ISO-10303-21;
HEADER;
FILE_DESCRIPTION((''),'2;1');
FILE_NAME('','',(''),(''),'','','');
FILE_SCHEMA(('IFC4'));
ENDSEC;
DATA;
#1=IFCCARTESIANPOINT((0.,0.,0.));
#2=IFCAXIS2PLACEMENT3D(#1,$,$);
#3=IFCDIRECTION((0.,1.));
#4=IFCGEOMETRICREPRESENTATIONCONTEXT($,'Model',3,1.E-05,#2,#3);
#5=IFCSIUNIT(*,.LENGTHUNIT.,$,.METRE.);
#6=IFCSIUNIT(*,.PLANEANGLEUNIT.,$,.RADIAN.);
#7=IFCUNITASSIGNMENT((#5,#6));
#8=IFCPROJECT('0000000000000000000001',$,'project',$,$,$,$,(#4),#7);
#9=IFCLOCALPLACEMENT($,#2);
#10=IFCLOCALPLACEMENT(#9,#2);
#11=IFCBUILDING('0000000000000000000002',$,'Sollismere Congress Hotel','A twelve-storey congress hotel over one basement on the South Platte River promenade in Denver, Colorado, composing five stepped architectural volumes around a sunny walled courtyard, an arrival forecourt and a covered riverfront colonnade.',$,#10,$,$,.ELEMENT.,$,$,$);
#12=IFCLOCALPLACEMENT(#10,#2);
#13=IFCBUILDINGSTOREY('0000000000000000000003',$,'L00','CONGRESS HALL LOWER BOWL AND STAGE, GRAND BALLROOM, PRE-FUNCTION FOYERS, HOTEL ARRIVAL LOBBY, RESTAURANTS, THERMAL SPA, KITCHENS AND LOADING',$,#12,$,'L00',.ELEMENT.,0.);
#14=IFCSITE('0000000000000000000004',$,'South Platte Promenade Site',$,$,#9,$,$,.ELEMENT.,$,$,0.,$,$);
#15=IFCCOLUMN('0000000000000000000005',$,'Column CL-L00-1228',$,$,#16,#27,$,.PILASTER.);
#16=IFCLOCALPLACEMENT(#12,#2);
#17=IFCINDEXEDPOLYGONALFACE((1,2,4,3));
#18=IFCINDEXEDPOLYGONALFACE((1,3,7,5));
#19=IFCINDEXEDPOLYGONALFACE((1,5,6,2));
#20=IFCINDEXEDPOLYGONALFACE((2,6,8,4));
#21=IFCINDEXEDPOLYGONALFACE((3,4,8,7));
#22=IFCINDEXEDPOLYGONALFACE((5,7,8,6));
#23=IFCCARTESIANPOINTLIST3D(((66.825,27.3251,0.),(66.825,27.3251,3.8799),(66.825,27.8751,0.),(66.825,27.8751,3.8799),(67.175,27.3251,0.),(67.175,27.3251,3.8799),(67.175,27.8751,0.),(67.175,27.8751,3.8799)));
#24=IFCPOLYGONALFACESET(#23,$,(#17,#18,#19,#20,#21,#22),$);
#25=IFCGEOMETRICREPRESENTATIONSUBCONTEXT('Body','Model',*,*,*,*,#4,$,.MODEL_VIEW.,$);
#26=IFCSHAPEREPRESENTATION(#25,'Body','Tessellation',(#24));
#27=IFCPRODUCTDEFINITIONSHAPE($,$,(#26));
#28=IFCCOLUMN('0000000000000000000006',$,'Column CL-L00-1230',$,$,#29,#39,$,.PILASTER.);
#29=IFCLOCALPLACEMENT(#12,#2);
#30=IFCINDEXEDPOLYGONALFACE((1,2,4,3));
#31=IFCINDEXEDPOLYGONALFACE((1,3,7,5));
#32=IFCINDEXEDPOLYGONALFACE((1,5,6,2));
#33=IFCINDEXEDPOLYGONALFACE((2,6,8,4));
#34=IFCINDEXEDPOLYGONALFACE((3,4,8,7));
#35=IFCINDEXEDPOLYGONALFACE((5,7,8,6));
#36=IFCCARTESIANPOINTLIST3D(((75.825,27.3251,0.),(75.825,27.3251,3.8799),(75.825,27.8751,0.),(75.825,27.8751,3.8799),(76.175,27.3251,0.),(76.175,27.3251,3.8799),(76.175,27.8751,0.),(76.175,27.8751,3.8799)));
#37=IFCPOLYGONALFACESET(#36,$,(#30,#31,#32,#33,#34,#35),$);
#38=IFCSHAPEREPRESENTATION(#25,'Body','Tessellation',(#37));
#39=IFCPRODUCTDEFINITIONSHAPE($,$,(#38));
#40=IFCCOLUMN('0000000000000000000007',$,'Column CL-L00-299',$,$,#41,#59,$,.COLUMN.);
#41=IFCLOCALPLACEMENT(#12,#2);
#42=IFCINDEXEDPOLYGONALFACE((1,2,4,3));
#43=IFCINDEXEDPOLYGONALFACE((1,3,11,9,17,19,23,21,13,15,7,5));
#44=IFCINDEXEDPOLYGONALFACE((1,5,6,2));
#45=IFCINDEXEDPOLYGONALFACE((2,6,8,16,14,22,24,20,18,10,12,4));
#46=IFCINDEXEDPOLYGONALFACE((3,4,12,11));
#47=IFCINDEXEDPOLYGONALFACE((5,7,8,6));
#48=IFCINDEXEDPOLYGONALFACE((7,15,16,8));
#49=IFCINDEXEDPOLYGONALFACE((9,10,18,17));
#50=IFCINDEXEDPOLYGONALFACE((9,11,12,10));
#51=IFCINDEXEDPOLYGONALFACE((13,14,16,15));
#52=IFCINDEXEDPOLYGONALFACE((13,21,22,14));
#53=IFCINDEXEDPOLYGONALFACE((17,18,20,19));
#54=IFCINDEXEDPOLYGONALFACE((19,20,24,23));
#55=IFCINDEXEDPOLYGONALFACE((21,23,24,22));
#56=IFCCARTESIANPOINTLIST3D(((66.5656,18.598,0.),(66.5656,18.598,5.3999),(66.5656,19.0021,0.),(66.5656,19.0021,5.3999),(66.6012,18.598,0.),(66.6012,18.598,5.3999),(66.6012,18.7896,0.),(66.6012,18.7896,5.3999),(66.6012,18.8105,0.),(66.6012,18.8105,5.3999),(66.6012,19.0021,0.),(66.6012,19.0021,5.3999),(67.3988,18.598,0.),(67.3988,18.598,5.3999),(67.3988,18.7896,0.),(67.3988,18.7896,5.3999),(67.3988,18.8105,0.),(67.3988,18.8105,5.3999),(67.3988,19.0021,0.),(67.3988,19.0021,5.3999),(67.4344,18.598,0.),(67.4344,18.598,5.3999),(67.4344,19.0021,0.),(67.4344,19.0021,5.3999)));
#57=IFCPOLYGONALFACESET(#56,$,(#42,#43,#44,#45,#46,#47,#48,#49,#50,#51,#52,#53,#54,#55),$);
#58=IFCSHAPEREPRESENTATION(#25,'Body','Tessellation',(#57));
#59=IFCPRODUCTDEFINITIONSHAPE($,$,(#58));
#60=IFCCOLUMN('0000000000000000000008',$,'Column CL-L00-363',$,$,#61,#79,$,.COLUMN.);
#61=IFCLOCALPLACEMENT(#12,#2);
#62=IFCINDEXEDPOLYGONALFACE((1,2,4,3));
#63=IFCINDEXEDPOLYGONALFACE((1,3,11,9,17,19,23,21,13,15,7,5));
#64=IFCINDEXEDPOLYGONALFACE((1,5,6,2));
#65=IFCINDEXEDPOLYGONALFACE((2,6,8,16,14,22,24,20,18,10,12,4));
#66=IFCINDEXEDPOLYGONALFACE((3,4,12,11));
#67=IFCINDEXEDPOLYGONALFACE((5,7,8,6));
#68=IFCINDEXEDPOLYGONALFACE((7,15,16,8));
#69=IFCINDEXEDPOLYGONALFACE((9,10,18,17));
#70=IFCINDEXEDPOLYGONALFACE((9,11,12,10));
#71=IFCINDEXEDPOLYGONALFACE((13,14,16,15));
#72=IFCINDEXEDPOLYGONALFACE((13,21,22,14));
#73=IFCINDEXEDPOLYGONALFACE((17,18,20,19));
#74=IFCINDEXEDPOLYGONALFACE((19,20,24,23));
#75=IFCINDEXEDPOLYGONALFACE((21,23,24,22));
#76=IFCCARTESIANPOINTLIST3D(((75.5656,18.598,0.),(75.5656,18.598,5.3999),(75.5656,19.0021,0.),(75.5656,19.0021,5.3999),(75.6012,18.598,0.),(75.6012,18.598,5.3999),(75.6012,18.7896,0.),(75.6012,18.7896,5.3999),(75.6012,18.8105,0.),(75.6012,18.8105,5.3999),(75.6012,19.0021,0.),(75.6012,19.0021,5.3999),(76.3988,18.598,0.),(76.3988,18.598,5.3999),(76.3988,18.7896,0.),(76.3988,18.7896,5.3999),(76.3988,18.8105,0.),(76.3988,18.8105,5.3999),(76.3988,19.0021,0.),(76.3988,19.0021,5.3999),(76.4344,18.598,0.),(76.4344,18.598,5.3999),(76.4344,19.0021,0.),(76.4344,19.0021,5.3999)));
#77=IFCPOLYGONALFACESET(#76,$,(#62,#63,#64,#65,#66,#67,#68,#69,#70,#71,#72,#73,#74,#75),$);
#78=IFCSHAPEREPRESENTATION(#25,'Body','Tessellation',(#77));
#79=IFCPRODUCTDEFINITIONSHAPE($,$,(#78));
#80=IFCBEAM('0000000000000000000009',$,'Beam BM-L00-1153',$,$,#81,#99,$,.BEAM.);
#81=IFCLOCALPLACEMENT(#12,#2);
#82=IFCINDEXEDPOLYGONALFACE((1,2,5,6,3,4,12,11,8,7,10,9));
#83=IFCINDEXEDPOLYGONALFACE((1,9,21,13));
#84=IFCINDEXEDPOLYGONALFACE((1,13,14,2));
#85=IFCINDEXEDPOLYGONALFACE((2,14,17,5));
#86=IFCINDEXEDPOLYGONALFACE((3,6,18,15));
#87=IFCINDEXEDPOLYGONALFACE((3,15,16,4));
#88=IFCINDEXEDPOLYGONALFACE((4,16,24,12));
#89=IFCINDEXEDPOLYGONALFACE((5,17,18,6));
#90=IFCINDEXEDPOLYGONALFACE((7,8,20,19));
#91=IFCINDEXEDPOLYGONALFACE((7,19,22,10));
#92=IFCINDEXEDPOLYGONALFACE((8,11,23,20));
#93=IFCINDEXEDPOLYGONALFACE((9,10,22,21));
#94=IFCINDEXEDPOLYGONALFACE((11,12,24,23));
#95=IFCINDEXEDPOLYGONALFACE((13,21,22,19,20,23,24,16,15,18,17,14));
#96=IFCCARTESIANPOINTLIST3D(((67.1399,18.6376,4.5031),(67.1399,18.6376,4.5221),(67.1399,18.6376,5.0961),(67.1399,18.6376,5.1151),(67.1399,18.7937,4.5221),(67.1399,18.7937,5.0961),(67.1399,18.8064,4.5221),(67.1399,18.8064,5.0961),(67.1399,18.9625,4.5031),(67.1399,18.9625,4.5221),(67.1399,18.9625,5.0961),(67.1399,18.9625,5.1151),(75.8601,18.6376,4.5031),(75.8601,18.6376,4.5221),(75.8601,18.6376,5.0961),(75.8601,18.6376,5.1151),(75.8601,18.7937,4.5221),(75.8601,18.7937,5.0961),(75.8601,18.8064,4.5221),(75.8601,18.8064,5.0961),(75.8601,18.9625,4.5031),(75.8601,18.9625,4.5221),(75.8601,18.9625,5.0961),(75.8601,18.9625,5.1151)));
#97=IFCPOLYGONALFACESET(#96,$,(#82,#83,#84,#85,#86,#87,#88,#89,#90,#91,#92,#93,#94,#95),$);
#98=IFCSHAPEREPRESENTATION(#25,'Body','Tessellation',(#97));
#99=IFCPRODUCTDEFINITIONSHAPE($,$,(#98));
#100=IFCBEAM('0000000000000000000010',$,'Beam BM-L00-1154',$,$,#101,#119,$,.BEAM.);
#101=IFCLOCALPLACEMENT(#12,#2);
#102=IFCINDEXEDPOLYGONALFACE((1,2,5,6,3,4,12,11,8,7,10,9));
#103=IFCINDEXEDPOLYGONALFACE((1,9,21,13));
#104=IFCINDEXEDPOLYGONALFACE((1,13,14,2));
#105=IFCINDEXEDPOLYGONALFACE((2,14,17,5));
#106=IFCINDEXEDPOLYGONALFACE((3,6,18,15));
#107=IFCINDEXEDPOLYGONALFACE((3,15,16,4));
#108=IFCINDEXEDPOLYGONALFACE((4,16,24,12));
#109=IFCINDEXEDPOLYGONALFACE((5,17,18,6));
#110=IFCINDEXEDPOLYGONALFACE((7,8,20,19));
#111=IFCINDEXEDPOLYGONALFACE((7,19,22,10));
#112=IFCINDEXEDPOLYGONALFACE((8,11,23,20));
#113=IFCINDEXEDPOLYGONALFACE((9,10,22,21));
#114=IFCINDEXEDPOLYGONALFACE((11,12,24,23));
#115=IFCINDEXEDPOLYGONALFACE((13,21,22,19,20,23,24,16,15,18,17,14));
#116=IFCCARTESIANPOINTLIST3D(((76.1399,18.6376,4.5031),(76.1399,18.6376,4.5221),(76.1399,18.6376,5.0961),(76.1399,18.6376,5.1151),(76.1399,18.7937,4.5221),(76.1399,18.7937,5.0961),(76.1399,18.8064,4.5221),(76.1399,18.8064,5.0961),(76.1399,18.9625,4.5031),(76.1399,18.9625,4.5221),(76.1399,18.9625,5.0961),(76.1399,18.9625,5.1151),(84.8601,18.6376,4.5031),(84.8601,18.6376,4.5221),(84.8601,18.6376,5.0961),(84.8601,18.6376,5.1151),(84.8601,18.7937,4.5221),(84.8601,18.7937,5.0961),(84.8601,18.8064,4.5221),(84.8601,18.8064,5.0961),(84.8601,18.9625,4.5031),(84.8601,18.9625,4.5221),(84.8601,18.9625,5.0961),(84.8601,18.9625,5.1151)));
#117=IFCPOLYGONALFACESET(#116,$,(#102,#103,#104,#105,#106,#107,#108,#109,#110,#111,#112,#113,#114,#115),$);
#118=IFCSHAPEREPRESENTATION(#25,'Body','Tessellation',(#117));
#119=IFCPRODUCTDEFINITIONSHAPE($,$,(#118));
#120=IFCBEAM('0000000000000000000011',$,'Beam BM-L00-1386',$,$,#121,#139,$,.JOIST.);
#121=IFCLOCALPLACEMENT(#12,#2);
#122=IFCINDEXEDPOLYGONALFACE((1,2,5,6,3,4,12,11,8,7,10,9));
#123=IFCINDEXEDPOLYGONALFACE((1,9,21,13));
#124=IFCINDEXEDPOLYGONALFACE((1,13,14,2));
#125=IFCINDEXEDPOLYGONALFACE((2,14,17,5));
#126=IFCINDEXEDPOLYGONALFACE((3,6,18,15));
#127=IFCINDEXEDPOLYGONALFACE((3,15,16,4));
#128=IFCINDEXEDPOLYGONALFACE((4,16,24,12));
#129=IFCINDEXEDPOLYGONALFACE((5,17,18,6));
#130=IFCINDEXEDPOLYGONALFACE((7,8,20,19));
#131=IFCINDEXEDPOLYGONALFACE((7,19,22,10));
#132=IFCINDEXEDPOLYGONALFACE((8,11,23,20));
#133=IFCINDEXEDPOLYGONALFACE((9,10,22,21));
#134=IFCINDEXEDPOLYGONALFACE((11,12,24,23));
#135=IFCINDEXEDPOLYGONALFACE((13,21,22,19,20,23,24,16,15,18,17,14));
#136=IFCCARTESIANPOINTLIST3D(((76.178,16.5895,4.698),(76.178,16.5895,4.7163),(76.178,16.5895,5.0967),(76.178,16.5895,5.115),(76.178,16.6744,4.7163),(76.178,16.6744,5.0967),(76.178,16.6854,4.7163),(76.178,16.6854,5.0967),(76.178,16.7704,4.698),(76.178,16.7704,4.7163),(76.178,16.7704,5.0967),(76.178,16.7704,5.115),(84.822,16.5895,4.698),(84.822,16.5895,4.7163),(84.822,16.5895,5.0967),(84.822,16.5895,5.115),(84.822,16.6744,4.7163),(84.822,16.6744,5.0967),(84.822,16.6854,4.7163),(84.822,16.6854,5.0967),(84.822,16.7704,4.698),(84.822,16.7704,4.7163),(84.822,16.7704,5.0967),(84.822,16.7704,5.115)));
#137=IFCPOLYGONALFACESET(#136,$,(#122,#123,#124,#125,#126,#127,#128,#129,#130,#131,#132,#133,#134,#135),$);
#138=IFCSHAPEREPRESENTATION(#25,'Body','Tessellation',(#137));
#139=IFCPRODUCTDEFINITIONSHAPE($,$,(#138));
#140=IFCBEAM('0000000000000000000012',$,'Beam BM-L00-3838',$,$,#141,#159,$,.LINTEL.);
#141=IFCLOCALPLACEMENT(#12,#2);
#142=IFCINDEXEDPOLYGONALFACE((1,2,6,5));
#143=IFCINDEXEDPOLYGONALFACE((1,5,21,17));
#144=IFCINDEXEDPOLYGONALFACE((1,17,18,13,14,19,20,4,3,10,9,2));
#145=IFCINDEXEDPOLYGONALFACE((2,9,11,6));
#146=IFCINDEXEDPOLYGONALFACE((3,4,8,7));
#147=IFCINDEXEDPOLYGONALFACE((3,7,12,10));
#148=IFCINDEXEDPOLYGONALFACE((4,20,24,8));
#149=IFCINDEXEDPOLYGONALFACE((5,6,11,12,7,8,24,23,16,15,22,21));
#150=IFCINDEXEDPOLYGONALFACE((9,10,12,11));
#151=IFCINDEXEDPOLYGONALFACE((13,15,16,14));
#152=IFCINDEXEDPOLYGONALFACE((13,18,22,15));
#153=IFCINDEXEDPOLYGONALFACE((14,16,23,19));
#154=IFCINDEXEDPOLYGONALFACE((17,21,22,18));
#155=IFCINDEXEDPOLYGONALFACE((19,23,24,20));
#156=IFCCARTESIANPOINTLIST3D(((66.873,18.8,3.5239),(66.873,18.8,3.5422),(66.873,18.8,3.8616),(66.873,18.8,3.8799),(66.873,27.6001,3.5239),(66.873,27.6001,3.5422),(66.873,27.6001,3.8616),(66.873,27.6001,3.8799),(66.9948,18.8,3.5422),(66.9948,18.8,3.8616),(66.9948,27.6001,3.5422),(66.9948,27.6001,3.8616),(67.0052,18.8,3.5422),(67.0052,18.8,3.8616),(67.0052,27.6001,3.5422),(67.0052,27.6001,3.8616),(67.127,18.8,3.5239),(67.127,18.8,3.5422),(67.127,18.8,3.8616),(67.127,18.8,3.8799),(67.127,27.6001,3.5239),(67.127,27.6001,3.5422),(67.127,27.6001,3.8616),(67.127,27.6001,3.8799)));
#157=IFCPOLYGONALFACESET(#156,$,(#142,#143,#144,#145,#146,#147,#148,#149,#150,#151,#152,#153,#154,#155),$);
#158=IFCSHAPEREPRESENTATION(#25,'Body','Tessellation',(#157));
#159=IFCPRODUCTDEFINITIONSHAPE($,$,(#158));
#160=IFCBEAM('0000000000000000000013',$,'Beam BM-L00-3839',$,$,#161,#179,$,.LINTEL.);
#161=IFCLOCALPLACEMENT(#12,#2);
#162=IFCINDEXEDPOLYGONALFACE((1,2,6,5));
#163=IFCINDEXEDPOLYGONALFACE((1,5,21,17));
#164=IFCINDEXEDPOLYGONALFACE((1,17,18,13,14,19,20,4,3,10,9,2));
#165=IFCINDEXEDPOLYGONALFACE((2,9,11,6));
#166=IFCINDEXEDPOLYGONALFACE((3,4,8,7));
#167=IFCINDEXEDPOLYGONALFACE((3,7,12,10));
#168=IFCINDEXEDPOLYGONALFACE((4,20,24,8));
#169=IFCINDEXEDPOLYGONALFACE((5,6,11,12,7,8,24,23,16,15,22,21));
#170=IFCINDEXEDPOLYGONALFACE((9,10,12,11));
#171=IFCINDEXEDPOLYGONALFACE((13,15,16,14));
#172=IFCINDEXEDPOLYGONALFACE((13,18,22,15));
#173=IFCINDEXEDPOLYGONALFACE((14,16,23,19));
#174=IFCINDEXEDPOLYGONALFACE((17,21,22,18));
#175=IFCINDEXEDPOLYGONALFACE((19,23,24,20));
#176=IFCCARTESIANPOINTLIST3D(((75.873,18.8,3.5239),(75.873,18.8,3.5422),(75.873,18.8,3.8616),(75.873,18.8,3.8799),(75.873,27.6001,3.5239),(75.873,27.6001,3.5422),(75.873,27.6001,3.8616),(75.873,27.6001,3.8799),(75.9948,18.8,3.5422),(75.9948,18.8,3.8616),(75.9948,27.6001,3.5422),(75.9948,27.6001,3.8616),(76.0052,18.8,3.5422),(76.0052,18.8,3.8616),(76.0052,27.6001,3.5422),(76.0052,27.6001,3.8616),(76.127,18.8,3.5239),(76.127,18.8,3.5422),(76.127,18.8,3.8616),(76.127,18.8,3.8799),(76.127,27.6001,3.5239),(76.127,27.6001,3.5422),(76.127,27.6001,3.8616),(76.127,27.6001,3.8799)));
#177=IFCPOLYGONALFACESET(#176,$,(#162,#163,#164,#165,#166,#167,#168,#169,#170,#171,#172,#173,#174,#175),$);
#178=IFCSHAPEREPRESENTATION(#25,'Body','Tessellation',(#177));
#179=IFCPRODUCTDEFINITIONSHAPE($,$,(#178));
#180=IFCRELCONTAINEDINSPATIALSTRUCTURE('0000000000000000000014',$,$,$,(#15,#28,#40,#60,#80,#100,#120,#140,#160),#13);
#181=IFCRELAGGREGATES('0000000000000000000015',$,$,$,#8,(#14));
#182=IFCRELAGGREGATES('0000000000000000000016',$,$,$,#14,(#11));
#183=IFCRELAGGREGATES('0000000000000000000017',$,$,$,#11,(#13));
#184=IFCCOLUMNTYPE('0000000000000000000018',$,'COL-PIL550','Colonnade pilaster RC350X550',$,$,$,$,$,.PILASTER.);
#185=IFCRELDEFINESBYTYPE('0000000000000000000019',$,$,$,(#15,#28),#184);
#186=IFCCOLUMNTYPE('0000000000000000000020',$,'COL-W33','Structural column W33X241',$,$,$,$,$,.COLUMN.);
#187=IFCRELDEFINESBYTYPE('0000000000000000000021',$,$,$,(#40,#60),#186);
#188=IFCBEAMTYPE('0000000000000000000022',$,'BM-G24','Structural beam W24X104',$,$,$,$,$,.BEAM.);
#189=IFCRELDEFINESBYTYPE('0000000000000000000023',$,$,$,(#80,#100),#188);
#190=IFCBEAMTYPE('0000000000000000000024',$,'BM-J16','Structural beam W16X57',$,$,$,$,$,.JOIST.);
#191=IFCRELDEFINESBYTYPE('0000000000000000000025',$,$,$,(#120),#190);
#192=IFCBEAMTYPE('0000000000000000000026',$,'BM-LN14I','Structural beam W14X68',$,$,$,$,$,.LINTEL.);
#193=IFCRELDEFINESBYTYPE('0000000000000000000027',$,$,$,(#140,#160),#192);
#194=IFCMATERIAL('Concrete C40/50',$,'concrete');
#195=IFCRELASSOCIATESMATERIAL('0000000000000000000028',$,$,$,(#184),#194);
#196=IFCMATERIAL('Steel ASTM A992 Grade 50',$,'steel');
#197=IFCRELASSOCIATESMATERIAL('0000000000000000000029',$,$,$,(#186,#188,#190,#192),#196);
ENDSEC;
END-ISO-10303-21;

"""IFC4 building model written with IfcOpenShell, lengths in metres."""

from ifc_helpers import new_model, si_unit, direction, frame, origin, origin_2d, place, context, subcontext, project, spatial, rectangle, i_section, extrude, material, material_profile, profile_set, type_object, element, save


model = new_model("IFC4")

# Units and contexts
model_context = context("Model", 3, precision=1e-05, world=origin(), true_north=direction((0.0, 1.0)))
body_context = subcontext(model_context, "Body", "Model", "MODEL_VIEW")
ifc_project = project(units=[si_unit("LENGTHUNIT", "METRE"), si_unit("PLANEANGLEUNIT", "RADIAN")], contexts=[model_context])

# Site, building, storey
site_placement = place(None, origin())
site = spatial("IfcSite", under=ifc_project, at=site_placement, Name="South Platte Promenade Site", CompositionType="ELEMENT", RefElevation=0.0)
building_placement = place(site_placement, origin())
building = spatial("IfcBuilding", under=site, at=building_placement, Name="Sollismere Congress Hotel", Description="A twelve-storey congress hotel over one basement on the South Platte River promenade in Denver, Colorado, composing five stepped architectural volumes around a sunny walled courtyard, an arrival forecourt and a covered riverfront colonnade.", CompositionType="ELEMENT")
storey_placement = place(building_placement, origin())
storey = spatial("IfcBuildingStorey", under=building, at=storey_placement, Name="L00", Description="CONGRESS HALL LOWER BOWL AND STAGE, GRAND BALLROOM, PRE-FUNCTION FOYERS, HOTEL ARRIVAL LOBBY, RESTAURANTS, THERMAL SPA, KITCHENS AND LOADING", LongName="L00", CompositionType="ELEMENT", Elevation=0.0)

# Columns
ifc_material_1 = material(Name="Concrete C40/50", Category="concrete")
ifc_material_profile_1 = material_profile(ifc_material_1, rectangle(XDim=0.3501, YDim=0.55, at=origin_2d()), Name="RC350X550")
ifc_profile_set_1 = profile_set([ifc_material_profile_1], Name="Concrete C40/50")
column_type_1 = type_object("IfcColumnType", Name="COL-PIL550", Description="Colonnade pilaster RC350X550", PredefinedType="PILASTER", material=ifc_profile_set_1)
for number, where, z_axis, x_axis, name in (
    (1, (67.0, 27.6001, 0.0), (0.0, 0.0, 1.0), (1.0, 0.0, 0.0), "Column CL-L00-1228"),
    (2, (76.0, 27.6001, 0.0), (0.0, 0.0, 1.0), (1.0, 0.0, 0.0), "Column CL-L00-1230"),
):
    element("IfcColumn", number, at=place(storey_placement, frame(where, z_axis=z_axis, x_axis=x_axis)), inside=storey, type_object=column_type_1, Name=name, PredefinedType="PILASTER", context=body_context, shape_type="SweptSolid", body=[
        extrude(rectangle(XDim=0.3501, YDim=0.55, at=origin_2d()), origin(), (0.0, 0.0, 1.0), 3.8799),
    ])
ifc_material_2 = material(Name="Steel ASTM A992 Grade 50", Category="steel")
ifc_material_profile_2 = material_profile(ifc_material_2, i_section(OverallWidth=0.4041, OverallDepth=0.8689, WebThickness=0.021, FlangeThickness=0.0356, at=origin_2d()), Name="W33X241")
ifc_profile_set_2 = profile_set([ifc_material_profile_2], Name="Steel ASTM A992 Grade 50")
column_type_2 = type_object("IfcColumnType", Name="COL-W33", Description="Structural column W33X241", PredefinedType="COLUMN", material=ifc_profile_set_2)
for number, where, z_axis, x_axis, name in (
    (3, (67.0, 18.8, 0.0), (0.0, 0.0, 1.0), (0.0, 1.0, 0.0), "Column CL-L00-299"),
    (4, (76.0, 18.8, 0.0), (0.0, 0.0, 1.0), (0.0, 1.0, 0.0), "Column CL-L00-363"),
):
    element("IfcColumn", number, at=place(storey_placement, frame(where, z_axis=z_axis, x_axis=x_axis)), inside=storey, type_object=column_type_2, Name=name, PredefinedType="COLUMN", context=body_context, shape_type="SweptSolid", body=[
        extrude(i_section(OverallWidth=0.4041, OverallDepth=0.8689, WebThickness=0.021, FlangeThickness=0.0356, at=origin_2d()), origin(), (0.0, 0.0, 1.0), 5.3999),
    ])

# Beams
ifc_material_profile_3 = material_profile(ifc_material_2, i_section(OverallWidth=0.325, OverallDepth=0.6121, WebThickness=0.0127, FlangeThickness=0.019, at=origin_2d()), Name="W24X104")
ifc_profile_set_3 = profile_set([ifc_material_profile_3], Name="Steel ASTM A992 Grade 50")
beam_type_1 = type_object("IfcBeamType", Name="BM-G24", Description="Structural beam W24X104", PredefinedType="BEAM", material=ifc_profile_set_3)
for number, where, z_axis, x_axis, name in (
    (5, (67.1399, 18.8, 4.8091), (1.0, 0.0, 0.0), (0.0, 1.0, 0.0), "Beam BM-L00-1153"),
    (6, (76.1399, 18.8, 4.8091), (1.0, 0.0, 0.0), (0.0, 1.0, 0.0), "Beam BM-L00-1154"),
):
    element("IfcBeam", number, at=place(storey_placement, frame(where, z_axis=z_axis, x_axis=x_axis)), inside=storey, type_object=beam_type_1, Name=name, PredefinedType="BEAM", context=body_context, shape_type="SweptSolid", body=[
        extrude(i_section(OverallWidth=0.325, OverallDepth=0.6121, WebThickness=0.0127, FlangeThickness=0.019, at=origin_2d()), origin(), (0.0, 0.0, 1.0), 8.7202),
    ])
ifc_material_profile_4 = material_profile(ifc_material_2, i_section(OverallWidth=0.1809, OverallDepth=0.417, WebThickness=0.011, FlangeThickness=0.0183, at=origin_2d()), Name="W16X57")
ifc_profile_set_4 = profile_set([ifc_material_profile_4], Name="Steel ASTM A992 Grade 50")
beam_type_2 = type_object("IfcBeamType", Name="BM-J16", Description="Structural beam W16X57", PredefinedType="JOIST", material=ifc_profile_set_4)
beam_placement = place(storey_placement, frame((76.178, 16.6799, 4.9065), z_axis=(1.0, 0.0, 0.0), x_axis=(0.0, 1.0, 0.0)))
element("IfcBeam", 7, at=beam_placement, inside=storey, type_object=beam_type_2, Name="Beam BM-L00-1386", PredefinedType="JOIST", context=body_context, shape_type="SweptSolid", body=[
    extrude(i_section(OverallWidth=0.1809, OverallDepth=0.417, WebThickness=0.011, FlangeThickness=0.0183, at=origin_2d()), origin(), (0.0, 0.0, 1.0), 8.644),
])
ifc_material_profile_5 = material_profile(ifc_material_2, i_section(OverallWidth=0.2539, OverallDepth=0.356, WebThickness=0.0105, FlangeThickness=0.0183, at=origin_2d()), Name="W14X68")
ifc_profile_set_5 = profile_set([ifc_material_profile_5], Name="Steel ASTM A992 Grade 50")
beam_type_3 = type_object("IfcBeamType", Name="BM-LN14I", Description="Structural beam W14X68", PredefinedType="LINTEL", material=ifc_profile_set_5)
for number, where, z_axis, x_axis, name in (
    (8, (67.0, 18.8, 3.7019), (0.0, 1.0, 0.0), (-1.0, 0.0, 0.0), "Beam BM-L00-3838"),
    (9, (76.0, 18.8, 3.7019), (0.0, 1.0, 0.0), (-1.0, 0.0, 0.0), "Beam BM-L00-3839"),
):
    element("IfcBeam", number, at=place(storey_placement, frame(where, z_axis=z_axis, x_axis=x_axis)), inside=storey, type_object=beam_type_3, Name=name, PredefinedType="LINTEL", context=body_context, shape_type="SweptSolid", body=[
        extrude(i_section(OverallWidth=0.2539, OverallDepth=0.356, WebThickness=0.0105, FlangeThickness=0.0183, at=origin_2d()), origin(), (0.0, 0.0, 1.0), 8.8),
    ])

save(model, "model.ifc")
